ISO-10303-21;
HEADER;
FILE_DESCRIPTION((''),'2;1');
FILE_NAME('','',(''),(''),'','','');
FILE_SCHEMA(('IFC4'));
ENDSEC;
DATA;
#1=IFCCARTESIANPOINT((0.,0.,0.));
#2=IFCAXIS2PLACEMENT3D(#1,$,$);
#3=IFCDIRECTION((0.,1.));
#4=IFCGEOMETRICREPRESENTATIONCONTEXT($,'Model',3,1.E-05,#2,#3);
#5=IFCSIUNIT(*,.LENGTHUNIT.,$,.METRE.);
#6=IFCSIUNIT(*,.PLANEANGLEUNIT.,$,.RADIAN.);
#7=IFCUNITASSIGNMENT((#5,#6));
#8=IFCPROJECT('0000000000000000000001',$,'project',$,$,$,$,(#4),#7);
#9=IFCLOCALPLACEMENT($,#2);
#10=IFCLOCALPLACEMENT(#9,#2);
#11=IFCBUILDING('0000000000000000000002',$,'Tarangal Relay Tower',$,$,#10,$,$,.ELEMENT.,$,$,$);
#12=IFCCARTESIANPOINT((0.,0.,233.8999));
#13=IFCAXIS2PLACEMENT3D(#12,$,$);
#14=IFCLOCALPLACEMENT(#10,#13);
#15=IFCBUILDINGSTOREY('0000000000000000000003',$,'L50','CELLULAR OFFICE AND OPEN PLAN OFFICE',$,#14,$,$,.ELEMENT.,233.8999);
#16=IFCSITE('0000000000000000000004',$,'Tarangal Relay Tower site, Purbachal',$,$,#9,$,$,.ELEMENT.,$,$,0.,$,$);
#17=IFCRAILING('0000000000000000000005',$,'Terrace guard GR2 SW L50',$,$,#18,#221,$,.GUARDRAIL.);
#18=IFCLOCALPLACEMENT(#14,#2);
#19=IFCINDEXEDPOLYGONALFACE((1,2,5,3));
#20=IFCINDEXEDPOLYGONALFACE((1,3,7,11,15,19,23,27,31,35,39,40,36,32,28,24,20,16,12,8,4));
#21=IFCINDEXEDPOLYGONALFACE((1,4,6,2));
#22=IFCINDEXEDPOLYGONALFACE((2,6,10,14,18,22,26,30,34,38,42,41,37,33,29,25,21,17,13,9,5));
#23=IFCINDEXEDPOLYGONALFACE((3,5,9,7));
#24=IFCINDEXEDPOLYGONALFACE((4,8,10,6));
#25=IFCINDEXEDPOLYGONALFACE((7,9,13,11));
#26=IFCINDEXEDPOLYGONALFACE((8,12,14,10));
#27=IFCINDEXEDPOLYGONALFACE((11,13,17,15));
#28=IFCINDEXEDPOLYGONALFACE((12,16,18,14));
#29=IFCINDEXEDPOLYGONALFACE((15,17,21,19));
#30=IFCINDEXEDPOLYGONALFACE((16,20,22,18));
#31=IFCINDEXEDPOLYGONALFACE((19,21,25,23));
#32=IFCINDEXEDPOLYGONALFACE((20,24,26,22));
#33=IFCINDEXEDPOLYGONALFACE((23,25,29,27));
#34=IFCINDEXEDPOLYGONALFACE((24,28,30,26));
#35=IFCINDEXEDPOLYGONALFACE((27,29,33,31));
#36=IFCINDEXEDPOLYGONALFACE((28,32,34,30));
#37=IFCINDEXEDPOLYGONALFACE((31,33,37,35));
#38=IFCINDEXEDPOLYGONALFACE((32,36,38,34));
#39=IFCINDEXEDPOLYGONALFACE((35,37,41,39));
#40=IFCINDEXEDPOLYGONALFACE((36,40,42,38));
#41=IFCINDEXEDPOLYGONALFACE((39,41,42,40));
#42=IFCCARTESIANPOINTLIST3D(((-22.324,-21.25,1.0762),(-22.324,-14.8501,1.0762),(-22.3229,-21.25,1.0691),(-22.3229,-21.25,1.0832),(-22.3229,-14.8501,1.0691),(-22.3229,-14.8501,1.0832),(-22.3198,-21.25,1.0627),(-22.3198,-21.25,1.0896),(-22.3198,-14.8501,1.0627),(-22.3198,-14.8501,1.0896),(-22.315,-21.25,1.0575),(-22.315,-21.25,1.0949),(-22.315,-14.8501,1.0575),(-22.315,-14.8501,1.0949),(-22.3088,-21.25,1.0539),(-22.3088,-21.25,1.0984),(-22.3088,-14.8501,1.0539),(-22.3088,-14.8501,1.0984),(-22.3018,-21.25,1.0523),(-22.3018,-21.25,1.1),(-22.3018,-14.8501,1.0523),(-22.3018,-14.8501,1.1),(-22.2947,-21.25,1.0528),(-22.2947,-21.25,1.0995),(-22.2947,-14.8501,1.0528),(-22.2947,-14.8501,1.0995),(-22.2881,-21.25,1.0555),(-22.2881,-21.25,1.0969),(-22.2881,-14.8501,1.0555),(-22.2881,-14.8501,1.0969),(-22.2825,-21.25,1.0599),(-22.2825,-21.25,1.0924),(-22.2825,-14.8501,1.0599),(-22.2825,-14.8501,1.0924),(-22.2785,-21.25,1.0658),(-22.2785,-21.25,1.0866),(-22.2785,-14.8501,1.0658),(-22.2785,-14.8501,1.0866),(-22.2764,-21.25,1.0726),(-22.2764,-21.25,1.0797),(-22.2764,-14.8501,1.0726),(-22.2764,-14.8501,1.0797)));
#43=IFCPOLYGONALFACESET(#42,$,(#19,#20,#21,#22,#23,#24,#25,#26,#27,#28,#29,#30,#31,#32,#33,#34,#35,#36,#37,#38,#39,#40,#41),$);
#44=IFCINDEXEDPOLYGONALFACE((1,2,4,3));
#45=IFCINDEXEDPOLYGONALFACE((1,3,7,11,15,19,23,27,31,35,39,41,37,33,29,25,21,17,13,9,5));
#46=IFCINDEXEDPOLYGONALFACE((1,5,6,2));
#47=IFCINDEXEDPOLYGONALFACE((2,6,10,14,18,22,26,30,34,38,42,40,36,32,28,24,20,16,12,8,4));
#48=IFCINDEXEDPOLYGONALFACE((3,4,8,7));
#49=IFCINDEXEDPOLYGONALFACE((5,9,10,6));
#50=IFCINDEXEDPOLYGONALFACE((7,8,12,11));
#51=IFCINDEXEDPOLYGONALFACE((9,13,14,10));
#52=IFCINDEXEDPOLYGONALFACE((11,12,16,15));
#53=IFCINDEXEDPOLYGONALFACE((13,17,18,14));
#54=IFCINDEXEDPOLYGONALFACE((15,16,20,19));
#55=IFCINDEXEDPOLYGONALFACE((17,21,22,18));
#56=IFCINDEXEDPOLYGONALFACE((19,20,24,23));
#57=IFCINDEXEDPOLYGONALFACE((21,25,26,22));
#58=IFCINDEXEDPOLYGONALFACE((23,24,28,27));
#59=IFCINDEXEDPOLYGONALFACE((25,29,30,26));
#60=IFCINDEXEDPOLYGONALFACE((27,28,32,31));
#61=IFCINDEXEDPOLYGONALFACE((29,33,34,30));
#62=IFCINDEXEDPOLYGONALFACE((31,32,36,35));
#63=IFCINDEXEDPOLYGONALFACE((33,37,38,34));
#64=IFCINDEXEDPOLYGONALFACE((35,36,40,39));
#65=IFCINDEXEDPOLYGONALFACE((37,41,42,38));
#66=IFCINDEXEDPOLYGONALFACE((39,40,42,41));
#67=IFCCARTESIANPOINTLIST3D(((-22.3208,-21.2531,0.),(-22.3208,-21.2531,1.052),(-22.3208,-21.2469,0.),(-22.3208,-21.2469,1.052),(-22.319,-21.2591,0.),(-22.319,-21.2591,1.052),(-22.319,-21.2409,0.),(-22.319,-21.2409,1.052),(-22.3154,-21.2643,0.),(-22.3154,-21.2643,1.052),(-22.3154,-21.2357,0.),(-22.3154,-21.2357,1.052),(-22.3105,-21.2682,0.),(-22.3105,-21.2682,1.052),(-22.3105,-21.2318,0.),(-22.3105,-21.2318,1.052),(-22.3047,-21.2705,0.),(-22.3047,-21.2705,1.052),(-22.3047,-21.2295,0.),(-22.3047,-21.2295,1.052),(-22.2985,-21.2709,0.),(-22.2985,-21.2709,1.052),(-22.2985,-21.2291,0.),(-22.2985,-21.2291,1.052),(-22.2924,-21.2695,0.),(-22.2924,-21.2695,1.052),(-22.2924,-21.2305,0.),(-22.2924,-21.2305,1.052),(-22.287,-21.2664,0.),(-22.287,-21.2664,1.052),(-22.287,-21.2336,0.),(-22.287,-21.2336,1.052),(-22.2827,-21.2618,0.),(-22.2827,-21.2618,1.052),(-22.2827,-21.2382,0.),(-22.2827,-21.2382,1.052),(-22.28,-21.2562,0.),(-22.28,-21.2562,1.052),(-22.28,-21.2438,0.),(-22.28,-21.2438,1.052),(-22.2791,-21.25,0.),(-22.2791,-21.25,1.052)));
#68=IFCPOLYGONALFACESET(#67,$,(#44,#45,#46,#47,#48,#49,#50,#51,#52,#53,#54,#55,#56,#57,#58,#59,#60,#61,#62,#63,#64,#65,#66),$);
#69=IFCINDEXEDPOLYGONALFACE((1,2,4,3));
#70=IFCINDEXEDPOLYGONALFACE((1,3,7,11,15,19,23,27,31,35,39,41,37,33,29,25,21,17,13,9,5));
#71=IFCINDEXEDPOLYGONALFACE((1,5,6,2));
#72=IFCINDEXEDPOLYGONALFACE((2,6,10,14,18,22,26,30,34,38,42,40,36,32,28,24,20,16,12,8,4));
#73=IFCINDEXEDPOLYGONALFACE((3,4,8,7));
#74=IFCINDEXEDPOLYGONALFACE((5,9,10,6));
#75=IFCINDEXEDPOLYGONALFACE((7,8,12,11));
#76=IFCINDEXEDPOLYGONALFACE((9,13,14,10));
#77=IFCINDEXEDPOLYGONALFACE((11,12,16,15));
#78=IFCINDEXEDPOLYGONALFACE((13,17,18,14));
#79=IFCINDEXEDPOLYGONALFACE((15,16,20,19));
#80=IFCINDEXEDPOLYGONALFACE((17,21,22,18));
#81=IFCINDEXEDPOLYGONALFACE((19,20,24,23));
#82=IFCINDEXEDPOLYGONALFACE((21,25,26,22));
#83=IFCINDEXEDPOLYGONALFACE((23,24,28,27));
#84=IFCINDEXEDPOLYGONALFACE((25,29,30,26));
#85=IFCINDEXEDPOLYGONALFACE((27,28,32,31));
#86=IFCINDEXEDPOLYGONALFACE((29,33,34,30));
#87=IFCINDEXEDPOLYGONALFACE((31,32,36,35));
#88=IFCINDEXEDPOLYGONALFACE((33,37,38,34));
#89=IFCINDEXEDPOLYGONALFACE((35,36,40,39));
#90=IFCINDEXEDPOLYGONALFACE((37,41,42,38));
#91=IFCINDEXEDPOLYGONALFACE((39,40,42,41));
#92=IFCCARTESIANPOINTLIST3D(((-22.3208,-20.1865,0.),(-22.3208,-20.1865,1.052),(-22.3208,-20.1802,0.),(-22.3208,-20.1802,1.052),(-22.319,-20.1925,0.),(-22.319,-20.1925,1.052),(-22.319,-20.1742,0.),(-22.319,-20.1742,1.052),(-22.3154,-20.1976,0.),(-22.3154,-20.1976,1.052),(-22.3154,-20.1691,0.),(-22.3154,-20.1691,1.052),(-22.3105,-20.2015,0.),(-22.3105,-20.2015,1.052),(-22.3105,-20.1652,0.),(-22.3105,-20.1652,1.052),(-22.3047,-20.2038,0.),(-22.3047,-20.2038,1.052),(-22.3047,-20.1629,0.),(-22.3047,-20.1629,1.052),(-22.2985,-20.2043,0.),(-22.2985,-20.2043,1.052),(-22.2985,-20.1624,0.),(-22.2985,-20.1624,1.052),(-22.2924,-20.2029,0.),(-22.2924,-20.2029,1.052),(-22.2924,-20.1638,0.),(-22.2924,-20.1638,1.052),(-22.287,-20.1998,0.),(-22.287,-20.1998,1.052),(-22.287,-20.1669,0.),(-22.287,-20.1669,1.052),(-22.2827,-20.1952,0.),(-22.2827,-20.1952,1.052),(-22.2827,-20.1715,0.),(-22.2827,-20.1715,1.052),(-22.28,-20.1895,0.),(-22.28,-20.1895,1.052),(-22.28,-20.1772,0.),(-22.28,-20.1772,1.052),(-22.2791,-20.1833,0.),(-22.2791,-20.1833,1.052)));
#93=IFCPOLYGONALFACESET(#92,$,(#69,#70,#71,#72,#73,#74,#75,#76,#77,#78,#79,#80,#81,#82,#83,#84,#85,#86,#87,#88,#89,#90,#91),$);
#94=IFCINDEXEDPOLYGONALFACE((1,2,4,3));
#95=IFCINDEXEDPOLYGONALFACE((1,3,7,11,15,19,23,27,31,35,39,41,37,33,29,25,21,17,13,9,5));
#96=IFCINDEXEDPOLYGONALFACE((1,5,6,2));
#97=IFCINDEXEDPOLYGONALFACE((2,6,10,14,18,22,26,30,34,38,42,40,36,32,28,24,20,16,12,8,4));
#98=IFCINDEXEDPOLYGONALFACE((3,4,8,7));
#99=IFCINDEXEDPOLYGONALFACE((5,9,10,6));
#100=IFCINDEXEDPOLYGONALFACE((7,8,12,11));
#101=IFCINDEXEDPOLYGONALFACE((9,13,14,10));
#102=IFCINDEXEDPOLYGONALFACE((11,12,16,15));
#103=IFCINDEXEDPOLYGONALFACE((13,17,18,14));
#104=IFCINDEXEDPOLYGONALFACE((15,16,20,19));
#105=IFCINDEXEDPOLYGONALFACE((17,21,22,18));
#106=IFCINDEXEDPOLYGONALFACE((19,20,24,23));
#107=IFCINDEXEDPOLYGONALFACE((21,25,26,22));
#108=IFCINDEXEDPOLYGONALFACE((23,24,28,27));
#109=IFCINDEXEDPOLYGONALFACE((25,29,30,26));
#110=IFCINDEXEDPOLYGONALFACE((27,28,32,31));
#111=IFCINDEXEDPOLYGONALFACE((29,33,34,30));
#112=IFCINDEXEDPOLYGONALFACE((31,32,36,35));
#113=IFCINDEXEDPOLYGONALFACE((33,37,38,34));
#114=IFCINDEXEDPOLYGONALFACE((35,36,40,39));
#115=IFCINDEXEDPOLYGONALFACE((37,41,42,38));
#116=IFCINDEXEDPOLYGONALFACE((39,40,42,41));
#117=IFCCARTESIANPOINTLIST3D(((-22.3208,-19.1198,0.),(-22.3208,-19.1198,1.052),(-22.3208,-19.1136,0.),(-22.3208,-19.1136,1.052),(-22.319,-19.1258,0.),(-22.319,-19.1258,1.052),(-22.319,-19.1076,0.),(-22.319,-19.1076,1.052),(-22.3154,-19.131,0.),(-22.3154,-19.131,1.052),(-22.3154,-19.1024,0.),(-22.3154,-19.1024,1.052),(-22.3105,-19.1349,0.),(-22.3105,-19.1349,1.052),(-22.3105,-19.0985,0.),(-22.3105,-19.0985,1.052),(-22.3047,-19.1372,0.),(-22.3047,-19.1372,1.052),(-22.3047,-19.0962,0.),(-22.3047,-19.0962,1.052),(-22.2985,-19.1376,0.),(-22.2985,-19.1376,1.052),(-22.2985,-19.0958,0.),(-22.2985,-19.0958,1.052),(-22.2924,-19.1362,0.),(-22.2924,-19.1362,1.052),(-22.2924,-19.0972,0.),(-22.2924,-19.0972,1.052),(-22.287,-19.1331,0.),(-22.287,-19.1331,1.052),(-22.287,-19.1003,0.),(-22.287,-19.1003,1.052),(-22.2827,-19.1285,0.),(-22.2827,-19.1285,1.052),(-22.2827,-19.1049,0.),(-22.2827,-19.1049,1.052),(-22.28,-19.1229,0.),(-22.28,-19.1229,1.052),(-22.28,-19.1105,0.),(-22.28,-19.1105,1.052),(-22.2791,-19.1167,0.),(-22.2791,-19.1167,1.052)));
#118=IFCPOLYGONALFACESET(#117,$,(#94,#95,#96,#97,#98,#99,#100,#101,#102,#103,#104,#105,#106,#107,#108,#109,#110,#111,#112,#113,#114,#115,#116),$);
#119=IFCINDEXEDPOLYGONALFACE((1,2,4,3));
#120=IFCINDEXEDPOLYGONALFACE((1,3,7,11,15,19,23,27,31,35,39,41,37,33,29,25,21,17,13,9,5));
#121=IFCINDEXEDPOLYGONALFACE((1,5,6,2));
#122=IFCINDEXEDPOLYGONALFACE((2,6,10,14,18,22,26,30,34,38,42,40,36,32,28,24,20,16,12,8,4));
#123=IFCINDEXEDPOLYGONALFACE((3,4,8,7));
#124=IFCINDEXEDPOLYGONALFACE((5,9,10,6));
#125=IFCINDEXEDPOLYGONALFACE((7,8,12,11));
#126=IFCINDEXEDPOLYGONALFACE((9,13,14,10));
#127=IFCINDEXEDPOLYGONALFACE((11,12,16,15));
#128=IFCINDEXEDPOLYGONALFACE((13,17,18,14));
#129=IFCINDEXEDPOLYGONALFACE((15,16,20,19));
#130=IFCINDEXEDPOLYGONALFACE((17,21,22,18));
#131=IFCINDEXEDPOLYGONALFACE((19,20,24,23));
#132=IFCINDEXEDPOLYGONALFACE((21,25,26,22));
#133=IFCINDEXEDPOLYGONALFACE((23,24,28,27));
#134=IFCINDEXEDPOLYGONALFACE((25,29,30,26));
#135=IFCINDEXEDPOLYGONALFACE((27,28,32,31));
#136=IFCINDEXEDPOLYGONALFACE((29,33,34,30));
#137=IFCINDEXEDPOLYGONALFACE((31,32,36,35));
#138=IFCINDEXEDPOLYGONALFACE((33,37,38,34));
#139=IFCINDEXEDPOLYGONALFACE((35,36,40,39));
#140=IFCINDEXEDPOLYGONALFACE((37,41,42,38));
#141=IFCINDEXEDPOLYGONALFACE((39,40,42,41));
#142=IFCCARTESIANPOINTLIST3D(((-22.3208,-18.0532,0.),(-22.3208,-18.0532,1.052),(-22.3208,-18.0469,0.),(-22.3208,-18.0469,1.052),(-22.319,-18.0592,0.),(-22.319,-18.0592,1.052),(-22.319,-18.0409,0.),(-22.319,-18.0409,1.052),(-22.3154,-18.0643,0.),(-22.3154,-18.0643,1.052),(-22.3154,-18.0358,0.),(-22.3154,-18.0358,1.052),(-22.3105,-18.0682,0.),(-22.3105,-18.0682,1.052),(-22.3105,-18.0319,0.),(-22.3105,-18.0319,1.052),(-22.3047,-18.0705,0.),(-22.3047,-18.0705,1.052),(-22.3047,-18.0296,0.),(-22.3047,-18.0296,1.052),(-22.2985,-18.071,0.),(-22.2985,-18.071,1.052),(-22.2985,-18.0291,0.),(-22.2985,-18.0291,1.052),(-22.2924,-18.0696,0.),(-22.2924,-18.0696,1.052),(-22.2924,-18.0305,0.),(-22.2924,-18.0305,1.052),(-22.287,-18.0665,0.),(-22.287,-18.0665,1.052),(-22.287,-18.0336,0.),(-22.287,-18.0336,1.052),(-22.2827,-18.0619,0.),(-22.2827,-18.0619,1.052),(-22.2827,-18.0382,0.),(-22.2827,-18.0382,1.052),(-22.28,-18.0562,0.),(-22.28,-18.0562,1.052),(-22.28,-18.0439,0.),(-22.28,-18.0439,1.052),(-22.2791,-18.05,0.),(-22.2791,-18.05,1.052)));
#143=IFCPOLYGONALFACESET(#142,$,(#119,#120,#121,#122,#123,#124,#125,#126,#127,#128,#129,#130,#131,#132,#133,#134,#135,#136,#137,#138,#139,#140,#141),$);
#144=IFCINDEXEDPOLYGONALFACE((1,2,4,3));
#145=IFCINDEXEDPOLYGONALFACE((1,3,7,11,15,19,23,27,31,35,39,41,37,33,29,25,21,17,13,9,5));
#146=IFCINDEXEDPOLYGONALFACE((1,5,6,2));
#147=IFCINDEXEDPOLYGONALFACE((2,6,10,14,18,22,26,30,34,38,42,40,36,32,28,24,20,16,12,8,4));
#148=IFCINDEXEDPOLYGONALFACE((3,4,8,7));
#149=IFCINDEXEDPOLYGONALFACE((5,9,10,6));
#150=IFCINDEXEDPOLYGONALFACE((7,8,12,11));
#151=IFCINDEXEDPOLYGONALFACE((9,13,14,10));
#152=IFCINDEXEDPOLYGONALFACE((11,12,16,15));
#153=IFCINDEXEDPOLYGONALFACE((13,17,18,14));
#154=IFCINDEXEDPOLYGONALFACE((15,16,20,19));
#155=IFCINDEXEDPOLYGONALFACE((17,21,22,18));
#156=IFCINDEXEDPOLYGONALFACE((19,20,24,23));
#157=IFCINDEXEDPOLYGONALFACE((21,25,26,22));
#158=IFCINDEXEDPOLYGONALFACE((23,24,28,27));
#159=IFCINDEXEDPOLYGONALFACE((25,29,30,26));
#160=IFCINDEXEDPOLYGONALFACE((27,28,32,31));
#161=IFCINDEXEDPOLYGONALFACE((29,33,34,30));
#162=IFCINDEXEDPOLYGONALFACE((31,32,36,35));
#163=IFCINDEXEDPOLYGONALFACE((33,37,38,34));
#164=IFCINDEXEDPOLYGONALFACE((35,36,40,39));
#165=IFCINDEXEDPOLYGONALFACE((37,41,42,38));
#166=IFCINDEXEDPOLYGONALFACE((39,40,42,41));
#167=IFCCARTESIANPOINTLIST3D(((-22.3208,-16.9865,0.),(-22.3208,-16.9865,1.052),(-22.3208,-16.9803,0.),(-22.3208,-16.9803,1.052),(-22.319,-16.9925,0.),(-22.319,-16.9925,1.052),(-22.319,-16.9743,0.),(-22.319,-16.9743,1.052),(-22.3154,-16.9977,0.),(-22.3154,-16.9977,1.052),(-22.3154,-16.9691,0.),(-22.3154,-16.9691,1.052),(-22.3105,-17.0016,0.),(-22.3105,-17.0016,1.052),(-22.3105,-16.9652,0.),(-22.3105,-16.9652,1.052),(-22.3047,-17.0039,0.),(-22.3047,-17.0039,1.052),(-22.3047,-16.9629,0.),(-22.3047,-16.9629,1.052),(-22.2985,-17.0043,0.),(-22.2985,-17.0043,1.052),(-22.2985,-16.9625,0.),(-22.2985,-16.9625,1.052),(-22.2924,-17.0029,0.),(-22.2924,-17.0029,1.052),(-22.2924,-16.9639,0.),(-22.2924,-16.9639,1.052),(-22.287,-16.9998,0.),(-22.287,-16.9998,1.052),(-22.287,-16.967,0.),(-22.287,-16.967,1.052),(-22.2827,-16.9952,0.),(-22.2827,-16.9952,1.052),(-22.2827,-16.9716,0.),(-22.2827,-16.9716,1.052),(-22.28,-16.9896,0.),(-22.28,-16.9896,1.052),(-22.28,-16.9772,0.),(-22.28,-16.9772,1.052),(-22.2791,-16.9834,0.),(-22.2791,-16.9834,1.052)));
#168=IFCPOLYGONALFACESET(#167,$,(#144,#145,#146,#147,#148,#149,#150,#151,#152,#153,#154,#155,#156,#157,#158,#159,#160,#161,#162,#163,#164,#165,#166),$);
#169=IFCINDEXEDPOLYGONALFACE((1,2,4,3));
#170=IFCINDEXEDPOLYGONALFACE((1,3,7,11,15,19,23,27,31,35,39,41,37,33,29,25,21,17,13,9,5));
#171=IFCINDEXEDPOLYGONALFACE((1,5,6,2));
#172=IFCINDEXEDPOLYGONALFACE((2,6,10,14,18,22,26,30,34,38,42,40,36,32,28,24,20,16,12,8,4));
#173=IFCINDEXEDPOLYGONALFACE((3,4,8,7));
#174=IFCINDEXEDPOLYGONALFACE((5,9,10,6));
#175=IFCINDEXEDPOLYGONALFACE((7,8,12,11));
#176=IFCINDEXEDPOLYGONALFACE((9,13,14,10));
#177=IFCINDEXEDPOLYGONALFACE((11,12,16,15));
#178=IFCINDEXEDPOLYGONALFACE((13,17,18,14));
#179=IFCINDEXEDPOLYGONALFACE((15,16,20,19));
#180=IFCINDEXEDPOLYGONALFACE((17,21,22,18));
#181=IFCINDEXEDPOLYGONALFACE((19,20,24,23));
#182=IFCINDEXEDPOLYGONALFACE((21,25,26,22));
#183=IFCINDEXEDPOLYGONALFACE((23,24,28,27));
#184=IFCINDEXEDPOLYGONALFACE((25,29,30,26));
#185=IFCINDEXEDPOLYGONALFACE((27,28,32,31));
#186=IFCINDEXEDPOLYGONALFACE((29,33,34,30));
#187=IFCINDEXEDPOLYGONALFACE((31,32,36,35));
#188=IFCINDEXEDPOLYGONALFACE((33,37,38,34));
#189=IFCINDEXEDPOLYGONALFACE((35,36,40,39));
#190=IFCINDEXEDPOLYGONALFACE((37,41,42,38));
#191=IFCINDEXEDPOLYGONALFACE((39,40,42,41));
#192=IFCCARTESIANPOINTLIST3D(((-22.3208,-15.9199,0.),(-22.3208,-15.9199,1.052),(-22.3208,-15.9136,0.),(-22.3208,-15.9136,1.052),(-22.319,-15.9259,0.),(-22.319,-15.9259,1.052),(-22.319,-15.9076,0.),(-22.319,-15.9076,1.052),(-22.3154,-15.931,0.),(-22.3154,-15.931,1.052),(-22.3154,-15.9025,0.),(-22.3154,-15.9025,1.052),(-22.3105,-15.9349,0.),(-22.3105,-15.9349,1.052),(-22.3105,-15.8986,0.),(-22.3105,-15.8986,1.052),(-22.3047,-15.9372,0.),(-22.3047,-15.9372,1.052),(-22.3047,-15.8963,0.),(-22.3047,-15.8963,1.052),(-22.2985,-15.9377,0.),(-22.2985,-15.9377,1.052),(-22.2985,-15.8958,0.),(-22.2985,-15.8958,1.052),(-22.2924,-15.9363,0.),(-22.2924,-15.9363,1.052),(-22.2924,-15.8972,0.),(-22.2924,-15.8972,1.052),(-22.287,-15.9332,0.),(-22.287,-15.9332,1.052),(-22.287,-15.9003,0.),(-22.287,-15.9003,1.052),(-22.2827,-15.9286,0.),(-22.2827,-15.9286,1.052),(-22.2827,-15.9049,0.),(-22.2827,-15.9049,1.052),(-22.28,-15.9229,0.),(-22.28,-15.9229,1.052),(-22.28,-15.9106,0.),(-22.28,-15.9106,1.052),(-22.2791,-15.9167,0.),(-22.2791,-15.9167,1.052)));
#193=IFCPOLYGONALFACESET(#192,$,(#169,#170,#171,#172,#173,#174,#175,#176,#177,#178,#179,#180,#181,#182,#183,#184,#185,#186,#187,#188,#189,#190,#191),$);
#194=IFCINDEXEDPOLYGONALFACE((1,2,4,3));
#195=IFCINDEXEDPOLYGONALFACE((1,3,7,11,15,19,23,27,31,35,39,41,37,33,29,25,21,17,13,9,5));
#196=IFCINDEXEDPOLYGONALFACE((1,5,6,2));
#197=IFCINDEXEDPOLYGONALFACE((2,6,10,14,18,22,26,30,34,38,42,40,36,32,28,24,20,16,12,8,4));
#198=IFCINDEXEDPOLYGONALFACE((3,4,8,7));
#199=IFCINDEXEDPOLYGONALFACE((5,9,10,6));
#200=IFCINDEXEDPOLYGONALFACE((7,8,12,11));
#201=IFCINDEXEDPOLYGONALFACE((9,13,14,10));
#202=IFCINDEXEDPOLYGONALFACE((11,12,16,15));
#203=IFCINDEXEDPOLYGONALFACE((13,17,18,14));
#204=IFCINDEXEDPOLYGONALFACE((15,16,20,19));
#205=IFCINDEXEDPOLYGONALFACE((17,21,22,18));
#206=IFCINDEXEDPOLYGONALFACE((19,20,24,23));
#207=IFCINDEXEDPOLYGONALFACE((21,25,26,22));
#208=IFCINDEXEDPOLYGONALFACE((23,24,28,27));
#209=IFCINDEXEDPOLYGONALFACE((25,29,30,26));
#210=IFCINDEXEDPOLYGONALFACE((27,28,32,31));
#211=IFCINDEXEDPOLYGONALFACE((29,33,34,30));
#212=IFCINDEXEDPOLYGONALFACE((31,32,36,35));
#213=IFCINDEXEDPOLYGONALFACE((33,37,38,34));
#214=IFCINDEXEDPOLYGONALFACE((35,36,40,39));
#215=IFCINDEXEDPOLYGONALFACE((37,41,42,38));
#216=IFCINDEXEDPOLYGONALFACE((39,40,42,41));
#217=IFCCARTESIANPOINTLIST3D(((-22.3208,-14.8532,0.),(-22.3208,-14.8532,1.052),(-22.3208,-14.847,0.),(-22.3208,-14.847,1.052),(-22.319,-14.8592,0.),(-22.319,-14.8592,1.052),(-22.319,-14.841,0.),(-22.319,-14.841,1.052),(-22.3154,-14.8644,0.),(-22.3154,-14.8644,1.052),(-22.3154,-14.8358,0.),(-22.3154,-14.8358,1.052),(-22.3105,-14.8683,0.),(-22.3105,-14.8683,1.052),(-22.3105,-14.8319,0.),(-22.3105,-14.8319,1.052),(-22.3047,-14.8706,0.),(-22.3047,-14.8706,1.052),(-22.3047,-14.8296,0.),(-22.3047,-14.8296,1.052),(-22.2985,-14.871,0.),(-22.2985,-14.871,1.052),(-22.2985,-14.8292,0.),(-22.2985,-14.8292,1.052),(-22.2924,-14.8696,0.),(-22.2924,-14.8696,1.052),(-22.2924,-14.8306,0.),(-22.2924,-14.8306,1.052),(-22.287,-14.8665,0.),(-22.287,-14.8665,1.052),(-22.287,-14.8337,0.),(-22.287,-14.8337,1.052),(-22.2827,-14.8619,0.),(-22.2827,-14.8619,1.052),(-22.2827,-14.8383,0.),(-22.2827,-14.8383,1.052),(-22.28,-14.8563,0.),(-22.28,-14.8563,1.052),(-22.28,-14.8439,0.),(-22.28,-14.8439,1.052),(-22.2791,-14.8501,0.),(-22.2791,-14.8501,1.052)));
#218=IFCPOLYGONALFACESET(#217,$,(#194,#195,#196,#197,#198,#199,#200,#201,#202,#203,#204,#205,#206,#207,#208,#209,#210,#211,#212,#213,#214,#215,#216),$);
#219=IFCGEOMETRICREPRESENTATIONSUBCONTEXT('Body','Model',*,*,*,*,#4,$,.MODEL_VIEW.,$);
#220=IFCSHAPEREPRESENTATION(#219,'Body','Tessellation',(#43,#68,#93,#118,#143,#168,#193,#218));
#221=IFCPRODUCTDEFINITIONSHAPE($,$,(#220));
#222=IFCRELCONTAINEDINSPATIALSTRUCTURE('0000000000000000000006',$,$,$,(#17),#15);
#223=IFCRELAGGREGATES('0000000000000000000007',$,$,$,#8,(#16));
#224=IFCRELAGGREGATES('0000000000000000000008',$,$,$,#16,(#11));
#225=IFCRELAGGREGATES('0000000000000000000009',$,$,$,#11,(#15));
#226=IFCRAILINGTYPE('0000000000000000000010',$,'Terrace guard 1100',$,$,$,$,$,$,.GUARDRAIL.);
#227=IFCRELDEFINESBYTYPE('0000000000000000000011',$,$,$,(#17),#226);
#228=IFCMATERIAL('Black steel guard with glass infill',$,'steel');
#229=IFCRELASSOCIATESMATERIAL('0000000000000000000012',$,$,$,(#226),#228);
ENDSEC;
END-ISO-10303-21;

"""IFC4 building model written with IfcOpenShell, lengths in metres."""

from ifc_helpers import new_model, si_unit, direction, frame, origin, origin_2d, place, context, subcontext, project, spatial, circle, extrude, material, type_object, element, save


model = new_model("IFC4")

# Units and contexts
model_context = context("Model", 3, precision=1e-05, world=origin(), true_north=direction((0.0, 1.0)))
body_context = subcontext(model_context, "Body", "Model", "MODEL_VIEW")
ifc_project = project(units=[si_unit("LENGTHUNIT", "METRE"), si_unit("PLANEANGLEUNIT", "RADIAN")], contexts=[model_context])

# Site, building, storey
site_placement = place(None, origin())
site = spatial("IfcSite", under=ifc_project, at=site_placement, Name="Tarangal Relay Tower site, Purbachal", CompositionType="ELEMENT", RefElevation=0.0)
building_placement = place(site_placement, origin())
building = spatial("IfcBuilding", under=site, at=building_placement, Name="Tarangal Relay Tower", CompositionType="ELEMENT")
storey_placement = place(building_placement, frame((0.0, 0.0, 233.8999)))
storey = spatial("IfcBuildingStorey", under=building, at=storey_placement, Name="L50", Description="CELLULAR OFFICE AND OPEN PLAN OFFICE", CompositionType="ELEMENT", Elevation=233.8999)

# Railing
ifc_material_1 = material(Name="Black steel guard with glass infill", Category="steel")
railing_type = type_object("IfcRailingType", Name="Terrace guard 1100", PredefinedType="GUARDRAIL", material=ifc_material_1)
railing_1_placement = place(storey_placement, frame((-22.3, -21.25, 0.0)))
element("IfcRailing", 1, at=railing_1_placement, inside=storey, type_object=railing_type, Name="Terrace guard GR2 SW L50", PredefinedType="GUARDRAIL", context=body_context, shape_type="SweptSolid", body=[
    extrude(circle(Radius=0.0239, at=origin_2d()), frame((0.0, 0.0, 1.0762), z_axis=(0.0, 1.0, 0.0), x_axis=(-1.0, 0.0, 0.0)), (0.0, 0.0, 1.0), 6.3999),
    extrude(circle(Radius=0.021, at=origin_2d()), origin(), (0.0, 0.0, 1.0), 1.052),
    extrude(circle(Radius=0.021, at=origin_2d()), frame((0.0, 1.0667, 0.0)), (0.0, 0.0, 1.0), 1.052),
    extrude(circle(Radius=0.021, at=origin_2d()), frame((0.0, 2.1333, 0.0)), (0.0, 0.0, 1.0), 1.052),
    extrude(circle(Radius=0.021, at=origin_2d()), frame((0.0, 3.2, 0.0)), (0.0, 0.0, 1.0), 1.052),
    extrude(circle(Radius=0.021, at=origin_2d()), frame((0.0, 4.2666, 0.0)), (0.0, 0.0, 1.0), 1.052),
    extrude(circle(Radius=0.021, at=origin_2d()), frame((0.0, 5.3333, 0.0)), (0.0, 0.0, 1.0), 1.052),
    extrude(circle(Radius=0.021, at=origin_2d()), frame((0.0, 6.3999, 0.0)), (0.0, 0.0, 1.0), 1.052),
])

save(model, "model.ifc")
